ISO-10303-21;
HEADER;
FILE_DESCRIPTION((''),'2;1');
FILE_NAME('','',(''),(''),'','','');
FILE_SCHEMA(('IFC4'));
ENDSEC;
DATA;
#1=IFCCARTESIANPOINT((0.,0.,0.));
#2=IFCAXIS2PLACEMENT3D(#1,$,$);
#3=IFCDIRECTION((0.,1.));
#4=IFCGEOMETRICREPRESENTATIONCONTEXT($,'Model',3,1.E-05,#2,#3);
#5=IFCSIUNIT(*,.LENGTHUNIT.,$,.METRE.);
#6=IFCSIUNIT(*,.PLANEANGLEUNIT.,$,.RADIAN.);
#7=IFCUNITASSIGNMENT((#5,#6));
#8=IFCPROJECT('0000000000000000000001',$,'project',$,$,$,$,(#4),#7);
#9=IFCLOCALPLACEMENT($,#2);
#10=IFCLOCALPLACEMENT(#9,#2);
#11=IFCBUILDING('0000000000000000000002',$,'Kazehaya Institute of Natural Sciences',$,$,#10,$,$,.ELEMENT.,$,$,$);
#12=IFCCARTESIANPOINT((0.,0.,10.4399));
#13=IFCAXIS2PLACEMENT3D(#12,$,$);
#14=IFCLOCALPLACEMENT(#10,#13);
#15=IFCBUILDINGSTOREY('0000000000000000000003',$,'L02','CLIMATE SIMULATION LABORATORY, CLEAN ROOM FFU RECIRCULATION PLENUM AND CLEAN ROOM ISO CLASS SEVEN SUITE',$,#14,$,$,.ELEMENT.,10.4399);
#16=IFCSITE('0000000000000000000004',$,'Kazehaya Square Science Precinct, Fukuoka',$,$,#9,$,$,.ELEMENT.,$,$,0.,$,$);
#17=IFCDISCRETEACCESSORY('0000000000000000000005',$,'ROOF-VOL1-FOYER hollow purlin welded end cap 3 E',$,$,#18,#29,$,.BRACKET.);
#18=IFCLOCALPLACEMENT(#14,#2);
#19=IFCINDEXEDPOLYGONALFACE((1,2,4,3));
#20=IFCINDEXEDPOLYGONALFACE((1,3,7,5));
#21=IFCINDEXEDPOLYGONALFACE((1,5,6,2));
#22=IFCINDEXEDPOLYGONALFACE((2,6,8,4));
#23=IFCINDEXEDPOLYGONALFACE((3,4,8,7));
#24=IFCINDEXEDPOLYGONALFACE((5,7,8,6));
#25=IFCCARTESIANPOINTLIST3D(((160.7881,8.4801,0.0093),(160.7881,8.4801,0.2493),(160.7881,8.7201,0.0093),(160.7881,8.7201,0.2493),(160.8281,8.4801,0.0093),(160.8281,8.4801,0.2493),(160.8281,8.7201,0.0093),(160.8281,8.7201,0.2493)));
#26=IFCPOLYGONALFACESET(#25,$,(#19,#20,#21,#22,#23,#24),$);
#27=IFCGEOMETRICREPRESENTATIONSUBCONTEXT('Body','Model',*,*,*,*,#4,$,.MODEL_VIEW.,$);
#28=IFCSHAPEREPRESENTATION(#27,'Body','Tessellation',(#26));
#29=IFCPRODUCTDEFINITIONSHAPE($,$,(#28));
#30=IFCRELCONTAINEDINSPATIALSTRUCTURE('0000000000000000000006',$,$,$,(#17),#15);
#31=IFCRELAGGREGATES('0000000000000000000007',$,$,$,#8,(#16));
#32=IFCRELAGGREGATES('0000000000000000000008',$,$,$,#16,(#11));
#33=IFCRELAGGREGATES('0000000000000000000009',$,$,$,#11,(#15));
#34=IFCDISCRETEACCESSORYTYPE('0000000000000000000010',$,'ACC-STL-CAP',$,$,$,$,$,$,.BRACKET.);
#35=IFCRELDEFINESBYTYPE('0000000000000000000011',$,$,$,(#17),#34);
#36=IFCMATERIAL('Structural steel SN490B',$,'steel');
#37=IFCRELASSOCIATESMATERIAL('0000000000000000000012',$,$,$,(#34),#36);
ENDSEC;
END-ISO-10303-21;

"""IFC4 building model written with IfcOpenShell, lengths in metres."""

from ifc_helpers import new_model, si_unit, direction, frame, origin, origin_2d, place, context, subcontext, project, spatial, rectangle, extrude, material, type_object, element, save


model = new_model("IFC4")

# Units and contexts
model_context = context("Model", 3, precision=1e-05, world=origin(), true_north=direction((0.0, 1.0)))
body_context = subcontext(model_context, "Body", "Model", "MODEL_VIEW")
ifc_project = project(units=[si_unit("LENGTHUNIT", "METRE"), si_unit("PLANEANGLEUNIT", "RADIAN")], contexts=[model_context])

# Site, building, storey
site_placement = place(None, origin())
site = spatial("IfcSite", under=ifc_project, at=site_placement, Name="Kazehaya Square Science Precinct, Fukuoka", CompositionType="ELEMENT", RefElevation=0.0)
building_placement = place(site_placement, origin())
building = spatial("IfcBuilding", under=site, at=building_placement, Name="Kazehaya Institute of Natural Sciences", CompositionType="ELEMENT")
storey_placement = place(building_placement, frame((0.0, 0.0, 10.4399)))
storey = spatial("IfcBuildingStorey", under=building, at=storey_placement, Name="L02", Description="CLIMATE SIMULATION LABORATORY, CLEAN ROOM FFU RECIRCULATION PLENUM AND CLEAN ROOM ISO CLASS SEVEN SUITE", CompositionType="ELEMENT", Elevation=10.4399)

# Shared definitions
ifc_material_1 = material(Name="Structural steel SN490B", Category="steel")

# Discrete accessory
discrete_accessory_type = type_object("IfcDiscreteAccessoryType", Name="ACC-STL-CAP", PredefinedType="BRACKET", material=ifc_material_1)
discrete_accessory_placement = place(storey_placement, frame((160.8081, 8.6001, 0.0093), z_axis=(0.0, 0.0, 1.0), x_axis=(1.0, 0.0, 0.0)))
element("IfcDiscreteAccessory", 1, at=discrete_accessory_placement, inside=storey, type_object=discrete_accessory_type, Name="ROOF-VOL1-FOYER hollow purlin welded end cap 3 E", PredefinedType="BRACKET", context=body_context, shape_type="SweptSolid", body=[
    extrude(rectangle(XDim=0.04, YDim=0.24, at=origin_2d()), origin(), (0.0, 0.0, 1.0), 0.24),
])

save(model, "model.ifc")
